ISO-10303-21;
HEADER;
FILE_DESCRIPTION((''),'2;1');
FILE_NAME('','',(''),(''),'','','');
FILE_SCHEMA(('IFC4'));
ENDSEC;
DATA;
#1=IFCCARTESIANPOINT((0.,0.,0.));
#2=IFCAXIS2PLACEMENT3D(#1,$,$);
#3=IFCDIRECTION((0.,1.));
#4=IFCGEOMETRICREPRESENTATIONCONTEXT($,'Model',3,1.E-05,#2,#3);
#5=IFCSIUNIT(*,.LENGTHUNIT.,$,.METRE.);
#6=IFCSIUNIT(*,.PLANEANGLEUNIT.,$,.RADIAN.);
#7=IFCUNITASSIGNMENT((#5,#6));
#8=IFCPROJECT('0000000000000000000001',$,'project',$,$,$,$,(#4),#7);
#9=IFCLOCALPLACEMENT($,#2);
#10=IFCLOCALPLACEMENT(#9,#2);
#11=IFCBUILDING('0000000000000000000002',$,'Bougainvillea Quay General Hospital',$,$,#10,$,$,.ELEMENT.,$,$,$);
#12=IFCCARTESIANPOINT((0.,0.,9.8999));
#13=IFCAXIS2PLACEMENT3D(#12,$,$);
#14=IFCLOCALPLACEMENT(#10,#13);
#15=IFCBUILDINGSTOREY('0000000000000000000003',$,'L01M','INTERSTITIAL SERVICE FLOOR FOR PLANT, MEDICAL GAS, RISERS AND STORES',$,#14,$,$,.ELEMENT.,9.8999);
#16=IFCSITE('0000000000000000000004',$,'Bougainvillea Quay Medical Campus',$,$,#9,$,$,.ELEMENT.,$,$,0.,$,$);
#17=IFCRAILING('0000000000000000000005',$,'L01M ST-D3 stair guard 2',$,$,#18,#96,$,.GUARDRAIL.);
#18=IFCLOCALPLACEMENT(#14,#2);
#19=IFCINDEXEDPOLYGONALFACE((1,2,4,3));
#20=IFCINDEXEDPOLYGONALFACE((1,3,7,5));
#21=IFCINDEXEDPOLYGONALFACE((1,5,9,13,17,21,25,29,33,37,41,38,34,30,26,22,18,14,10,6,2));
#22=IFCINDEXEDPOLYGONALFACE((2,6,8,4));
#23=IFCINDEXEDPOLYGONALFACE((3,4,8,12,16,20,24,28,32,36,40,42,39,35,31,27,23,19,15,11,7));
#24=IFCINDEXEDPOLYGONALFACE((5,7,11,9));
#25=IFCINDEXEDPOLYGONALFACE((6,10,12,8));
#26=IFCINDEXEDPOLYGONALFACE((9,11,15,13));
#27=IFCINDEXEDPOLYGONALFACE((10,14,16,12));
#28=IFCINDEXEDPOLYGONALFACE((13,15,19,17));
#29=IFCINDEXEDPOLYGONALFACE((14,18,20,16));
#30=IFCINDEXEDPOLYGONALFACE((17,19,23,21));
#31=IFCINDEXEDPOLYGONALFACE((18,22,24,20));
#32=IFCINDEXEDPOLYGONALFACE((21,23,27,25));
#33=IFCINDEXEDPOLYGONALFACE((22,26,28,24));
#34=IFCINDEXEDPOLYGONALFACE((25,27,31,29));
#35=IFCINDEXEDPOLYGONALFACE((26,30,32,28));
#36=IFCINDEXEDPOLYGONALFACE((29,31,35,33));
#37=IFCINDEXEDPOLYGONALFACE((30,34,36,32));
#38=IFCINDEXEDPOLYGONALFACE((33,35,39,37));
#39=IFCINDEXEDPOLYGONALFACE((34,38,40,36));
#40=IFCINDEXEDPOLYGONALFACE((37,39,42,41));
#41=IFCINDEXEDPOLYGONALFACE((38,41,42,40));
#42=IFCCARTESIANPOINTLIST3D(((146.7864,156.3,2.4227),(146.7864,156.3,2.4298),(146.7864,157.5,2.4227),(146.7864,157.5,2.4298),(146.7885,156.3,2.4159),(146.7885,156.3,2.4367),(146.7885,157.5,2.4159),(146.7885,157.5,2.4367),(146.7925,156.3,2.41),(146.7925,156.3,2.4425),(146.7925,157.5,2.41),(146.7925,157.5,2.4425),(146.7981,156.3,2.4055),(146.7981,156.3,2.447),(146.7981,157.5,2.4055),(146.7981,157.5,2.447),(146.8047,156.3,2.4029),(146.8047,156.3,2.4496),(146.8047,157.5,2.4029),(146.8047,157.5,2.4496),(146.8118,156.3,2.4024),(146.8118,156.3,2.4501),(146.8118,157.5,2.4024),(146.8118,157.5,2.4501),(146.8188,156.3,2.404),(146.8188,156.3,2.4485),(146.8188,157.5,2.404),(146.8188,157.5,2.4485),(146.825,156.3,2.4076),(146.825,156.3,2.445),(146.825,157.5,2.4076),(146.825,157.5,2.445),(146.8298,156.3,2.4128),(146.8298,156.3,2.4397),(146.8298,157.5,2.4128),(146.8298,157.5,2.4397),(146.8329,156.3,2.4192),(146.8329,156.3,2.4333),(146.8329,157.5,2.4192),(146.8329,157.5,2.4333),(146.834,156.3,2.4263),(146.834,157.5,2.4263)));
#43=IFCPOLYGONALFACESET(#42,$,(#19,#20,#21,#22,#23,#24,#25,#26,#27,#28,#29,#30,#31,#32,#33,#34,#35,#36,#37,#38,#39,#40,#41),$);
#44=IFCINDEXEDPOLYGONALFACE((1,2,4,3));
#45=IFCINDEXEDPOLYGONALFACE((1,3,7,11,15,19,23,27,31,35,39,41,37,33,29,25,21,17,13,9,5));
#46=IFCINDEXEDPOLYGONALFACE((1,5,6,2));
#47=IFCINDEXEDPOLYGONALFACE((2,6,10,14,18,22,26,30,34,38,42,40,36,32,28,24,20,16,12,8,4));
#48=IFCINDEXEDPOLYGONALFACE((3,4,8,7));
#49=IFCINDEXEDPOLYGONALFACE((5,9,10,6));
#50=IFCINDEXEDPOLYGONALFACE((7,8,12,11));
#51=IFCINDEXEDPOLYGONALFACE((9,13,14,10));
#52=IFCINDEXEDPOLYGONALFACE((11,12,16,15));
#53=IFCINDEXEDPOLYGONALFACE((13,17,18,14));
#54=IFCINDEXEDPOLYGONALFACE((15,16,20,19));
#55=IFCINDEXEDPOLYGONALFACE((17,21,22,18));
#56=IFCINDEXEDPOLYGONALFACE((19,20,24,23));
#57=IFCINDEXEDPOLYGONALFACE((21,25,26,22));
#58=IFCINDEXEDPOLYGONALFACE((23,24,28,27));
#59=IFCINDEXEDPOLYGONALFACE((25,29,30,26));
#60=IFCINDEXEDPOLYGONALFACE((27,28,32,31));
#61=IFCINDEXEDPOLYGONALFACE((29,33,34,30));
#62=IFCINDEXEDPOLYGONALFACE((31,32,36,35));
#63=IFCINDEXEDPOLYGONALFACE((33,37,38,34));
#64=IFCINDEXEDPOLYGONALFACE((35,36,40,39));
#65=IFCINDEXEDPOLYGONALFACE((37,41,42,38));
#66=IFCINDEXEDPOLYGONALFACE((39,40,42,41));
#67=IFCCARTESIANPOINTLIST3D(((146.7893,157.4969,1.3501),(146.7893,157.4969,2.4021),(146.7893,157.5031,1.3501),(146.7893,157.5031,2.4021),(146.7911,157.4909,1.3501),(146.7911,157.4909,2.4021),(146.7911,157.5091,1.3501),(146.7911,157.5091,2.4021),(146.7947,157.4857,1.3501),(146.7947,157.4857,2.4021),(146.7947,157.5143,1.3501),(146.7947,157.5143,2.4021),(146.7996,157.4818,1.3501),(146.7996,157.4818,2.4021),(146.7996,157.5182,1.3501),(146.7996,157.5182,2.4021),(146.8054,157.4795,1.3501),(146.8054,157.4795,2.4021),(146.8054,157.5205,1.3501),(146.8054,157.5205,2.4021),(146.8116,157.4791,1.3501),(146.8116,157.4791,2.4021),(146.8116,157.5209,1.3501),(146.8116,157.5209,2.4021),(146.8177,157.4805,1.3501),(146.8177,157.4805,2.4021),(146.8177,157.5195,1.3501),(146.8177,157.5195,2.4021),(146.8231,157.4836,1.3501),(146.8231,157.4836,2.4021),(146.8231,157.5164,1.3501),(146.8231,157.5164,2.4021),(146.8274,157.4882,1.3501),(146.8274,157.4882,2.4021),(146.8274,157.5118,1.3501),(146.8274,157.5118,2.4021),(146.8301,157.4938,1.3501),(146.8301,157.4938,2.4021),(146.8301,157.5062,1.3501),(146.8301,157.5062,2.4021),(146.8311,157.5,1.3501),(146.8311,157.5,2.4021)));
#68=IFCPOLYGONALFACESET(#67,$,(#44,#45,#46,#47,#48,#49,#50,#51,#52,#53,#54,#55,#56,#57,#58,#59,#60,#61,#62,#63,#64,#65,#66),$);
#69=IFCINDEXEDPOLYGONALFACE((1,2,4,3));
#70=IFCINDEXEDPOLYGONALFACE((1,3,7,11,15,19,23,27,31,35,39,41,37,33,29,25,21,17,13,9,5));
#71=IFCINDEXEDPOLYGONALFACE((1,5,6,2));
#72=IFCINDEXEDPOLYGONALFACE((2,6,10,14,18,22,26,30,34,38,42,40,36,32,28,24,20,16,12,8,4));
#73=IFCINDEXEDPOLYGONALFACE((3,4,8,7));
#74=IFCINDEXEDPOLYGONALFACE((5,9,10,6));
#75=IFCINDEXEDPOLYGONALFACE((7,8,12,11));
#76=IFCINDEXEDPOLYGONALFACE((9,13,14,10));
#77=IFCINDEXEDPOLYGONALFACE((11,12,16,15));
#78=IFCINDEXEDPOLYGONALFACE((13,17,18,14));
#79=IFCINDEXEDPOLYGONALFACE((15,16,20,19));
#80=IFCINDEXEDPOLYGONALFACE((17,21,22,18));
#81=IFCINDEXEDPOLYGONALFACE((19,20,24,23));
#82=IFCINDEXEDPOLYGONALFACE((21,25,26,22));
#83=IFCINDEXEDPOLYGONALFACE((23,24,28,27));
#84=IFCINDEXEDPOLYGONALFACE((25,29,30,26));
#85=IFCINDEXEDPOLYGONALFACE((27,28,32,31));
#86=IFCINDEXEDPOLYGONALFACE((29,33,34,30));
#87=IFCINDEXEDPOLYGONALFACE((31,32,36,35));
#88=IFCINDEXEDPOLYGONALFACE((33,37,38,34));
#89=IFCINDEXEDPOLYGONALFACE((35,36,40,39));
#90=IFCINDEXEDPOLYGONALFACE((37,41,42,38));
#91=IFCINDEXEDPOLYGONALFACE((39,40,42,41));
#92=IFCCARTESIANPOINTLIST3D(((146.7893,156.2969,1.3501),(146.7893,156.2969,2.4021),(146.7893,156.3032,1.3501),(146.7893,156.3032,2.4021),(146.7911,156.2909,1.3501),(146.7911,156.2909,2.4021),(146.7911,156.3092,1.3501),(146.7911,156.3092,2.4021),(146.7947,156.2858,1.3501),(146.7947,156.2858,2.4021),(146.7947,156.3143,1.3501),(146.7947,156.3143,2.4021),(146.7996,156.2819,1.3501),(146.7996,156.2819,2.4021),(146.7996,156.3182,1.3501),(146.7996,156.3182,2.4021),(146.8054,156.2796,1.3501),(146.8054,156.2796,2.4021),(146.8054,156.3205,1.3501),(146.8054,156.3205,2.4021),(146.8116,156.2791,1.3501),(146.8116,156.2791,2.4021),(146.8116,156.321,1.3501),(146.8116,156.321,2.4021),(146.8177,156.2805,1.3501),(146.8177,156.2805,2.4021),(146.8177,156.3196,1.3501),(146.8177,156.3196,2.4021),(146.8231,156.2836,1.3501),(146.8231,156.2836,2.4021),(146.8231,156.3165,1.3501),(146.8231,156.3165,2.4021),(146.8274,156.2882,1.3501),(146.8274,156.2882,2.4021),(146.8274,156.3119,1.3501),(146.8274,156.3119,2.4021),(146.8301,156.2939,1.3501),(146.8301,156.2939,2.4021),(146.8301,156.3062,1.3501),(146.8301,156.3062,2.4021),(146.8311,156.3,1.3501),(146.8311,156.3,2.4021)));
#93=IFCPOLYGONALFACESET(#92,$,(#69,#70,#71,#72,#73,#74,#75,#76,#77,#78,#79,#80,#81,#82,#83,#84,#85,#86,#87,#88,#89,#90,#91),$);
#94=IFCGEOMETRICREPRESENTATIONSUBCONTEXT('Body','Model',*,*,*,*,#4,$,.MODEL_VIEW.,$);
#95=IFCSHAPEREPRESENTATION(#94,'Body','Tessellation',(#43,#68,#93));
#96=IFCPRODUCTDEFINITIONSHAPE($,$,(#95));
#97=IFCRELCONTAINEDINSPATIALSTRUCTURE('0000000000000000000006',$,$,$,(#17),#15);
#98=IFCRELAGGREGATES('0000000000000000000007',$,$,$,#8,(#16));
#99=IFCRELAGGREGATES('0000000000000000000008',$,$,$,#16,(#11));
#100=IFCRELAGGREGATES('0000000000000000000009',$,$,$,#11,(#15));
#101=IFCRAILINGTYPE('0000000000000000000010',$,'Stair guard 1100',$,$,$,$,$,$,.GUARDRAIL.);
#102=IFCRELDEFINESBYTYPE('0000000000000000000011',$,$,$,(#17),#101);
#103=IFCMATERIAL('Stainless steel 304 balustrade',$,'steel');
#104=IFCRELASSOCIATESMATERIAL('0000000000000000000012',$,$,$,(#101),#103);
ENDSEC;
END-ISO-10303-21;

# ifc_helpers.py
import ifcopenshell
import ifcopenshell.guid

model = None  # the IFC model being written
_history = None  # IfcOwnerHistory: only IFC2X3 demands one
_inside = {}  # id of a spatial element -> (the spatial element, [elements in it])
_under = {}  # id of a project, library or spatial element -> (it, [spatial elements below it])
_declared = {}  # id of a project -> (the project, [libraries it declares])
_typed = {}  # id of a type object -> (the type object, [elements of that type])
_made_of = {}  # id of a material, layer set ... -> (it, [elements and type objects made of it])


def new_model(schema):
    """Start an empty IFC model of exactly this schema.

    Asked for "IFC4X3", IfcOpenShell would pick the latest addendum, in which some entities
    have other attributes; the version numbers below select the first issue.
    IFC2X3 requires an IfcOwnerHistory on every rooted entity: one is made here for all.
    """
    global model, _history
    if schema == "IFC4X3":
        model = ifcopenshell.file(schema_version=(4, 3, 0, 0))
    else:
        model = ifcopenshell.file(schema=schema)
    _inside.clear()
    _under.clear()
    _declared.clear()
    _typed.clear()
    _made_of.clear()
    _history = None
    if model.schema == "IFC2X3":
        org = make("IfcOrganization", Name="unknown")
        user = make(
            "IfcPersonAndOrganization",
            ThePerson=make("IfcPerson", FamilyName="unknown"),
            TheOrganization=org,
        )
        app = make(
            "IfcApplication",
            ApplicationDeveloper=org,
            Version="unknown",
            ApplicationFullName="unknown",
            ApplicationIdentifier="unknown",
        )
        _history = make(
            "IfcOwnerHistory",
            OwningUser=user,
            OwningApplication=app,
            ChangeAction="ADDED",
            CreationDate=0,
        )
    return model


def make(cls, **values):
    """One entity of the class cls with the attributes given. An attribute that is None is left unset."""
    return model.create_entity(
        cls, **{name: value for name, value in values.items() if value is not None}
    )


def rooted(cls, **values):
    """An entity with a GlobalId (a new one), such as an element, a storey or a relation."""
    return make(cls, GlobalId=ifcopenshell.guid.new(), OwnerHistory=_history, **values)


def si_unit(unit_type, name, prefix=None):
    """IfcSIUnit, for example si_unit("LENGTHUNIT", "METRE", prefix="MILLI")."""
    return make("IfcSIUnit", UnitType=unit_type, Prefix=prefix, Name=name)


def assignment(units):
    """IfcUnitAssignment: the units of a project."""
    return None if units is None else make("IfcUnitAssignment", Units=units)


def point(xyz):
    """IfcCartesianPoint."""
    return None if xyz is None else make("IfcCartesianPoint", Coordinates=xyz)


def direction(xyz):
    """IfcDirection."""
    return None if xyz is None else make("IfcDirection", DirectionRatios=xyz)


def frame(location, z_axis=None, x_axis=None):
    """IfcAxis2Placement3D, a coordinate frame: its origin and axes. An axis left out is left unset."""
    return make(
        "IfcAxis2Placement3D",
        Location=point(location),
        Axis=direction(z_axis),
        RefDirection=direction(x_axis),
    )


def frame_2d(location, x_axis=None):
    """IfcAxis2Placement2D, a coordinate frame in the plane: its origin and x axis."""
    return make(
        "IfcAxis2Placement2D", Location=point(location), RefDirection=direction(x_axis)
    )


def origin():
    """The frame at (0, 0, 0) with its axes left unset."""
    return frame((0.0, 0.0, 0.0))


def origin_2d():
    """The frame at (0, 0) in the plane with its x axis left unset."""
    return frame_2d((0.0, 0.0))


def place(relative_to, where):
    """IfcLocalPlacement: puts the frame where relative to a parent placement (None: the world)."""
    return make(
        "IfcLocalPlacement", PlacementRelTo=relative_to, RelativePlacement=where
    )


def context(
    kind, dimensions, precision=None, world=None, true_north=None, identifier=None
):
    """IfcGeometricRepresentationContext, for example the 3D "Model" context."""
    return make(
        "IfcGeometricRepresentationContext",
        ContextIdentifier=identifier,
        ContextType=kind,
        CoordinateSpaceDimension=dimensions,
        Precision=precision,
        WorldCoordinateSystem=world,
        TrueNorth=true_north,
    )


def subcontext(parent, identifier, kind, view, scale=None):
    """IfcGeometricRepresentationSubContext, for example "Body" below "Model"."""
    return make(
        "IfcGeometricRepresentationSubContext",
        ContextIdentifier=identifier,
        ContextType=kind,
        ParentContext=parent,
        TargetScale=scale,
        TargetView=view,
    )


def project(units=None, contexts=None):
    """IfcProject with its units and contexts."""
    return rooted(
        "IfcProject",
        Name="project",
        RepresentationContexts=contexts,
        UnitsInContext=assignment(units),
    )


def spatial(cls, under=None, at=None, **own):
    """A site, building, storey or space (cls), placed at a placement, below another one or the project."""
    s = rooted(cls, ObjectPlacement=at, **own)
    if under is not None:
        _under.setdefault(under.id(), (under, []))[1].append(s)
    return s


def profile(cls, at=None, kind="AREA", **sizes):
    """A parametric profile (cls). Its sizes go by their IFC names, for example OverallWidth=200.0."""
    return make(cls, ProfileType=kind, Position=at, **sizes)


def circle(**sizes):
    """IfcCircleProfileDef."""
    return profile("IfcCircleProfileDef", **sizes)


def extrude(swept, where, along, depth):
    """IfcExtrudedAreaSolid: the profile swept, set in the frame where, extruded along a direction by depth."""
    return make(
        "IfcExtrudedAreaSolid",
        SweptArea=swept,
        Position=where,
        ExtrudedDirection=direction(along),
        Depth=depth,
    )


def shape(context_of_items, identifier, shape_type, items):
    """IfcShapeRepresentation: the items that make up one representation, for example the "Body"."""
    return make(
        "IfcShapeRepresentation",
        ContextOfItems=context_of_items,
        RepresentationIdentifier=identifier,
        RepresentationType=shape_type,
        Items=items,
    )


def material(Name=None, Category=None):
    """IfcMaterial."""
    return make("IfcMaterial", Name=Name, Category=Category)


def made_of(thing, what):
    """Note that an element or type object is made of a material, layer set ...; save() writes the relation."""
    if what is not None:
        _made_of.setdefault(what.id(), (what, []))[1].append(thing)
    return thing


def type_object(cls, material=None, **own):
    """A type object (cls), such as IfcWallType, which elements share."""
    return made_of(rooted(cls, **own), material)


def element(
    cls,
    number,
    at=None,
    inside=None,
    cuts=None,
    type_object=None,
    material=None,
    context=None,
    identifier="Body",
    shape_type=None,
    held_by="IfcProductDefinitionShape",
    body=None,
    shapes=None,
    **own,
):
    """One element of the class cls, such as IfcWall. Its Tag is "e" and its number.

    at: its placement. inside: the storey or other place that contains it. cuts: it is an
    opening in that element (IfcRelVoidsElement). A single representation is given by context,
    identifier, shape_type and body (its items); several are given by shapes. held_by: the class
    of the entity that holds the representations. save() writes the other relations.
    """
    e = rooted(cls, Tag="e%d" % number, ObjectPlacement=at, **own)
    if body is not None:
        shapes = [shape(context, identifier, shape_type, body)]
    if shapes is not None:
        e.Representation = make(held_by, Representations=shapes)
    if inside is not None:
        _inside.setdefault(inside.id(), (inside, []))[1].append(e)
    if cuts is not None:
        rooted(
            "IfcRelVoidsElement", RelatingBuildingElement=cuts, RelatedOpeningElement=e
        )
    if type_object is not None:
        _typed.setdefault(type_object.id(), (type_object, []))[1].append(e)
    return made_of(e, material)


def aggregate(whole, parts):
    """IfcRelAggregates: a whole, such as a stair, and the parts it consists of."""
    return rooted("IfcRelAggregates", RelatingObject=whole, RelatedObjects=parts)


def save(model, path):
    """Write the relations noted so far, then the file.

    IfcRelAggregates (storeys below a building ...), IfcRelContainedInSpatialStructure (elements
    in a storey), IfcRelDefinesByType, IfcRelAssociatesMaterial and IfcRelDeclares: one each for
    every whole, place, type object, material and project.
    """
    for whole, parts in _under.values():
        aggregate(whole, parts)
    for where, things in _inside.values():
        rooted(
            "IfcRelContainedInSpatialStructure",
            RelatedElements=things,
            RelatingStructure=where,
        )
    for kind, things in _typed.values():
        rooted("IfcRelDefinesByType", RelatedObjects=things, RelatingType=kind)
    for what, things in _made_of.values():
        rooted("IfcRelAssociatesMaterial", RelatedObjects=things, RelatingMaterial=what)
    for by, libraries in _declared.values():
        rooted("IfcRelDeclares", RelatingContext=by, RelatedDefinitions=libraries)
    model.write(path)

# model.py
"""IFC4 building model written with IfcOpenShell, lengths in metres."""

from ifc_helpers import new_model, si_unit, direction, frame, origin, origin_2d, place, context, subcontext, project, spatial, circle, extrude, material, type_object, element, save


model = new_model("IFC4")

# Units and contexts
model_context = context("Model", 3, precision=1e-05, world=origin(), true_north=direction((0.0, 1.0)))
body_context = subcontext(model_context, "Body", "Model", "MODEL_VIEW")
ifc_project = project(units=[si_unit("LENGTHUNIT", "METRE"), si_unit("PLANEANGLEUNIT", "RADIAN")], contexts=[model_context])

# Site, building, storey
site_placement = place(None, origin())
site = spatial("IfcSite", under=ifc_project, at=site_placement, Name="Bougainvillea Quay Medical Campus", CompositionType="ELEMENT", RefElevation=0.0)
building_placement = place(site_placement, origin())
building = spatial("IfcBuilding", under=site, at=building_placement, Name="Bougainvillea Quay General Hospital", CompositionType="ELEMENT")
storey_placement = place(building_placement, frame((0.0, 0.0, 9.8999)))
storey = spatial("IfcBuildingStorey", under=building, at=storey_placement, Name="L01M", Description="INTERSTITIAL SERVICE FLOOR FOR PLANT, MEDICAL GAS, RISERS AND STORES", CompositionType="ELEMENT", Elevation=9.8999)

# Railing
ifc_material_1 = material(Name="Stainless steel 304 balustrade", Category="steel")
railing_type_1 = type_object("IfcRailingType", Name="Stair guard 1100", PredefinedType="GUARDRAIL", material=ifc_material_1)
railing_1_placement = place(storey_placement, frame((146.8101, 157.5, 1.3501)))
element("IfcRailing", 1, at=railing_1_placement, inside=storey, type_object=railing_type_1, Name="L01M ST-D3 stair guard 2", PredefinedType="GUARDRAIL", context=body_context, shape_type="SweptSolid", body=[
    extrude(circle(Radius=0.0239, at=origin_2d()), frame((0.0, 0.0, 1.0762), z_axis=(0.0, -1.0, 0.0), x_axis=(1.0, 0.0, 0.0)), (0.0, 0.0, 1.0), 1.2),
    extrude(circle(Radius=0.021, at=origin_2d()), origin(), (0.0, 0.0, 1.0), 1.052),
    extrude(circle(Radius=0.021, at=origin_2d()), frame((0.0, -1.2, 0.0)), (0.0, 0.0, 1.0), 1.052),
])

save(model, "model.ifc")
